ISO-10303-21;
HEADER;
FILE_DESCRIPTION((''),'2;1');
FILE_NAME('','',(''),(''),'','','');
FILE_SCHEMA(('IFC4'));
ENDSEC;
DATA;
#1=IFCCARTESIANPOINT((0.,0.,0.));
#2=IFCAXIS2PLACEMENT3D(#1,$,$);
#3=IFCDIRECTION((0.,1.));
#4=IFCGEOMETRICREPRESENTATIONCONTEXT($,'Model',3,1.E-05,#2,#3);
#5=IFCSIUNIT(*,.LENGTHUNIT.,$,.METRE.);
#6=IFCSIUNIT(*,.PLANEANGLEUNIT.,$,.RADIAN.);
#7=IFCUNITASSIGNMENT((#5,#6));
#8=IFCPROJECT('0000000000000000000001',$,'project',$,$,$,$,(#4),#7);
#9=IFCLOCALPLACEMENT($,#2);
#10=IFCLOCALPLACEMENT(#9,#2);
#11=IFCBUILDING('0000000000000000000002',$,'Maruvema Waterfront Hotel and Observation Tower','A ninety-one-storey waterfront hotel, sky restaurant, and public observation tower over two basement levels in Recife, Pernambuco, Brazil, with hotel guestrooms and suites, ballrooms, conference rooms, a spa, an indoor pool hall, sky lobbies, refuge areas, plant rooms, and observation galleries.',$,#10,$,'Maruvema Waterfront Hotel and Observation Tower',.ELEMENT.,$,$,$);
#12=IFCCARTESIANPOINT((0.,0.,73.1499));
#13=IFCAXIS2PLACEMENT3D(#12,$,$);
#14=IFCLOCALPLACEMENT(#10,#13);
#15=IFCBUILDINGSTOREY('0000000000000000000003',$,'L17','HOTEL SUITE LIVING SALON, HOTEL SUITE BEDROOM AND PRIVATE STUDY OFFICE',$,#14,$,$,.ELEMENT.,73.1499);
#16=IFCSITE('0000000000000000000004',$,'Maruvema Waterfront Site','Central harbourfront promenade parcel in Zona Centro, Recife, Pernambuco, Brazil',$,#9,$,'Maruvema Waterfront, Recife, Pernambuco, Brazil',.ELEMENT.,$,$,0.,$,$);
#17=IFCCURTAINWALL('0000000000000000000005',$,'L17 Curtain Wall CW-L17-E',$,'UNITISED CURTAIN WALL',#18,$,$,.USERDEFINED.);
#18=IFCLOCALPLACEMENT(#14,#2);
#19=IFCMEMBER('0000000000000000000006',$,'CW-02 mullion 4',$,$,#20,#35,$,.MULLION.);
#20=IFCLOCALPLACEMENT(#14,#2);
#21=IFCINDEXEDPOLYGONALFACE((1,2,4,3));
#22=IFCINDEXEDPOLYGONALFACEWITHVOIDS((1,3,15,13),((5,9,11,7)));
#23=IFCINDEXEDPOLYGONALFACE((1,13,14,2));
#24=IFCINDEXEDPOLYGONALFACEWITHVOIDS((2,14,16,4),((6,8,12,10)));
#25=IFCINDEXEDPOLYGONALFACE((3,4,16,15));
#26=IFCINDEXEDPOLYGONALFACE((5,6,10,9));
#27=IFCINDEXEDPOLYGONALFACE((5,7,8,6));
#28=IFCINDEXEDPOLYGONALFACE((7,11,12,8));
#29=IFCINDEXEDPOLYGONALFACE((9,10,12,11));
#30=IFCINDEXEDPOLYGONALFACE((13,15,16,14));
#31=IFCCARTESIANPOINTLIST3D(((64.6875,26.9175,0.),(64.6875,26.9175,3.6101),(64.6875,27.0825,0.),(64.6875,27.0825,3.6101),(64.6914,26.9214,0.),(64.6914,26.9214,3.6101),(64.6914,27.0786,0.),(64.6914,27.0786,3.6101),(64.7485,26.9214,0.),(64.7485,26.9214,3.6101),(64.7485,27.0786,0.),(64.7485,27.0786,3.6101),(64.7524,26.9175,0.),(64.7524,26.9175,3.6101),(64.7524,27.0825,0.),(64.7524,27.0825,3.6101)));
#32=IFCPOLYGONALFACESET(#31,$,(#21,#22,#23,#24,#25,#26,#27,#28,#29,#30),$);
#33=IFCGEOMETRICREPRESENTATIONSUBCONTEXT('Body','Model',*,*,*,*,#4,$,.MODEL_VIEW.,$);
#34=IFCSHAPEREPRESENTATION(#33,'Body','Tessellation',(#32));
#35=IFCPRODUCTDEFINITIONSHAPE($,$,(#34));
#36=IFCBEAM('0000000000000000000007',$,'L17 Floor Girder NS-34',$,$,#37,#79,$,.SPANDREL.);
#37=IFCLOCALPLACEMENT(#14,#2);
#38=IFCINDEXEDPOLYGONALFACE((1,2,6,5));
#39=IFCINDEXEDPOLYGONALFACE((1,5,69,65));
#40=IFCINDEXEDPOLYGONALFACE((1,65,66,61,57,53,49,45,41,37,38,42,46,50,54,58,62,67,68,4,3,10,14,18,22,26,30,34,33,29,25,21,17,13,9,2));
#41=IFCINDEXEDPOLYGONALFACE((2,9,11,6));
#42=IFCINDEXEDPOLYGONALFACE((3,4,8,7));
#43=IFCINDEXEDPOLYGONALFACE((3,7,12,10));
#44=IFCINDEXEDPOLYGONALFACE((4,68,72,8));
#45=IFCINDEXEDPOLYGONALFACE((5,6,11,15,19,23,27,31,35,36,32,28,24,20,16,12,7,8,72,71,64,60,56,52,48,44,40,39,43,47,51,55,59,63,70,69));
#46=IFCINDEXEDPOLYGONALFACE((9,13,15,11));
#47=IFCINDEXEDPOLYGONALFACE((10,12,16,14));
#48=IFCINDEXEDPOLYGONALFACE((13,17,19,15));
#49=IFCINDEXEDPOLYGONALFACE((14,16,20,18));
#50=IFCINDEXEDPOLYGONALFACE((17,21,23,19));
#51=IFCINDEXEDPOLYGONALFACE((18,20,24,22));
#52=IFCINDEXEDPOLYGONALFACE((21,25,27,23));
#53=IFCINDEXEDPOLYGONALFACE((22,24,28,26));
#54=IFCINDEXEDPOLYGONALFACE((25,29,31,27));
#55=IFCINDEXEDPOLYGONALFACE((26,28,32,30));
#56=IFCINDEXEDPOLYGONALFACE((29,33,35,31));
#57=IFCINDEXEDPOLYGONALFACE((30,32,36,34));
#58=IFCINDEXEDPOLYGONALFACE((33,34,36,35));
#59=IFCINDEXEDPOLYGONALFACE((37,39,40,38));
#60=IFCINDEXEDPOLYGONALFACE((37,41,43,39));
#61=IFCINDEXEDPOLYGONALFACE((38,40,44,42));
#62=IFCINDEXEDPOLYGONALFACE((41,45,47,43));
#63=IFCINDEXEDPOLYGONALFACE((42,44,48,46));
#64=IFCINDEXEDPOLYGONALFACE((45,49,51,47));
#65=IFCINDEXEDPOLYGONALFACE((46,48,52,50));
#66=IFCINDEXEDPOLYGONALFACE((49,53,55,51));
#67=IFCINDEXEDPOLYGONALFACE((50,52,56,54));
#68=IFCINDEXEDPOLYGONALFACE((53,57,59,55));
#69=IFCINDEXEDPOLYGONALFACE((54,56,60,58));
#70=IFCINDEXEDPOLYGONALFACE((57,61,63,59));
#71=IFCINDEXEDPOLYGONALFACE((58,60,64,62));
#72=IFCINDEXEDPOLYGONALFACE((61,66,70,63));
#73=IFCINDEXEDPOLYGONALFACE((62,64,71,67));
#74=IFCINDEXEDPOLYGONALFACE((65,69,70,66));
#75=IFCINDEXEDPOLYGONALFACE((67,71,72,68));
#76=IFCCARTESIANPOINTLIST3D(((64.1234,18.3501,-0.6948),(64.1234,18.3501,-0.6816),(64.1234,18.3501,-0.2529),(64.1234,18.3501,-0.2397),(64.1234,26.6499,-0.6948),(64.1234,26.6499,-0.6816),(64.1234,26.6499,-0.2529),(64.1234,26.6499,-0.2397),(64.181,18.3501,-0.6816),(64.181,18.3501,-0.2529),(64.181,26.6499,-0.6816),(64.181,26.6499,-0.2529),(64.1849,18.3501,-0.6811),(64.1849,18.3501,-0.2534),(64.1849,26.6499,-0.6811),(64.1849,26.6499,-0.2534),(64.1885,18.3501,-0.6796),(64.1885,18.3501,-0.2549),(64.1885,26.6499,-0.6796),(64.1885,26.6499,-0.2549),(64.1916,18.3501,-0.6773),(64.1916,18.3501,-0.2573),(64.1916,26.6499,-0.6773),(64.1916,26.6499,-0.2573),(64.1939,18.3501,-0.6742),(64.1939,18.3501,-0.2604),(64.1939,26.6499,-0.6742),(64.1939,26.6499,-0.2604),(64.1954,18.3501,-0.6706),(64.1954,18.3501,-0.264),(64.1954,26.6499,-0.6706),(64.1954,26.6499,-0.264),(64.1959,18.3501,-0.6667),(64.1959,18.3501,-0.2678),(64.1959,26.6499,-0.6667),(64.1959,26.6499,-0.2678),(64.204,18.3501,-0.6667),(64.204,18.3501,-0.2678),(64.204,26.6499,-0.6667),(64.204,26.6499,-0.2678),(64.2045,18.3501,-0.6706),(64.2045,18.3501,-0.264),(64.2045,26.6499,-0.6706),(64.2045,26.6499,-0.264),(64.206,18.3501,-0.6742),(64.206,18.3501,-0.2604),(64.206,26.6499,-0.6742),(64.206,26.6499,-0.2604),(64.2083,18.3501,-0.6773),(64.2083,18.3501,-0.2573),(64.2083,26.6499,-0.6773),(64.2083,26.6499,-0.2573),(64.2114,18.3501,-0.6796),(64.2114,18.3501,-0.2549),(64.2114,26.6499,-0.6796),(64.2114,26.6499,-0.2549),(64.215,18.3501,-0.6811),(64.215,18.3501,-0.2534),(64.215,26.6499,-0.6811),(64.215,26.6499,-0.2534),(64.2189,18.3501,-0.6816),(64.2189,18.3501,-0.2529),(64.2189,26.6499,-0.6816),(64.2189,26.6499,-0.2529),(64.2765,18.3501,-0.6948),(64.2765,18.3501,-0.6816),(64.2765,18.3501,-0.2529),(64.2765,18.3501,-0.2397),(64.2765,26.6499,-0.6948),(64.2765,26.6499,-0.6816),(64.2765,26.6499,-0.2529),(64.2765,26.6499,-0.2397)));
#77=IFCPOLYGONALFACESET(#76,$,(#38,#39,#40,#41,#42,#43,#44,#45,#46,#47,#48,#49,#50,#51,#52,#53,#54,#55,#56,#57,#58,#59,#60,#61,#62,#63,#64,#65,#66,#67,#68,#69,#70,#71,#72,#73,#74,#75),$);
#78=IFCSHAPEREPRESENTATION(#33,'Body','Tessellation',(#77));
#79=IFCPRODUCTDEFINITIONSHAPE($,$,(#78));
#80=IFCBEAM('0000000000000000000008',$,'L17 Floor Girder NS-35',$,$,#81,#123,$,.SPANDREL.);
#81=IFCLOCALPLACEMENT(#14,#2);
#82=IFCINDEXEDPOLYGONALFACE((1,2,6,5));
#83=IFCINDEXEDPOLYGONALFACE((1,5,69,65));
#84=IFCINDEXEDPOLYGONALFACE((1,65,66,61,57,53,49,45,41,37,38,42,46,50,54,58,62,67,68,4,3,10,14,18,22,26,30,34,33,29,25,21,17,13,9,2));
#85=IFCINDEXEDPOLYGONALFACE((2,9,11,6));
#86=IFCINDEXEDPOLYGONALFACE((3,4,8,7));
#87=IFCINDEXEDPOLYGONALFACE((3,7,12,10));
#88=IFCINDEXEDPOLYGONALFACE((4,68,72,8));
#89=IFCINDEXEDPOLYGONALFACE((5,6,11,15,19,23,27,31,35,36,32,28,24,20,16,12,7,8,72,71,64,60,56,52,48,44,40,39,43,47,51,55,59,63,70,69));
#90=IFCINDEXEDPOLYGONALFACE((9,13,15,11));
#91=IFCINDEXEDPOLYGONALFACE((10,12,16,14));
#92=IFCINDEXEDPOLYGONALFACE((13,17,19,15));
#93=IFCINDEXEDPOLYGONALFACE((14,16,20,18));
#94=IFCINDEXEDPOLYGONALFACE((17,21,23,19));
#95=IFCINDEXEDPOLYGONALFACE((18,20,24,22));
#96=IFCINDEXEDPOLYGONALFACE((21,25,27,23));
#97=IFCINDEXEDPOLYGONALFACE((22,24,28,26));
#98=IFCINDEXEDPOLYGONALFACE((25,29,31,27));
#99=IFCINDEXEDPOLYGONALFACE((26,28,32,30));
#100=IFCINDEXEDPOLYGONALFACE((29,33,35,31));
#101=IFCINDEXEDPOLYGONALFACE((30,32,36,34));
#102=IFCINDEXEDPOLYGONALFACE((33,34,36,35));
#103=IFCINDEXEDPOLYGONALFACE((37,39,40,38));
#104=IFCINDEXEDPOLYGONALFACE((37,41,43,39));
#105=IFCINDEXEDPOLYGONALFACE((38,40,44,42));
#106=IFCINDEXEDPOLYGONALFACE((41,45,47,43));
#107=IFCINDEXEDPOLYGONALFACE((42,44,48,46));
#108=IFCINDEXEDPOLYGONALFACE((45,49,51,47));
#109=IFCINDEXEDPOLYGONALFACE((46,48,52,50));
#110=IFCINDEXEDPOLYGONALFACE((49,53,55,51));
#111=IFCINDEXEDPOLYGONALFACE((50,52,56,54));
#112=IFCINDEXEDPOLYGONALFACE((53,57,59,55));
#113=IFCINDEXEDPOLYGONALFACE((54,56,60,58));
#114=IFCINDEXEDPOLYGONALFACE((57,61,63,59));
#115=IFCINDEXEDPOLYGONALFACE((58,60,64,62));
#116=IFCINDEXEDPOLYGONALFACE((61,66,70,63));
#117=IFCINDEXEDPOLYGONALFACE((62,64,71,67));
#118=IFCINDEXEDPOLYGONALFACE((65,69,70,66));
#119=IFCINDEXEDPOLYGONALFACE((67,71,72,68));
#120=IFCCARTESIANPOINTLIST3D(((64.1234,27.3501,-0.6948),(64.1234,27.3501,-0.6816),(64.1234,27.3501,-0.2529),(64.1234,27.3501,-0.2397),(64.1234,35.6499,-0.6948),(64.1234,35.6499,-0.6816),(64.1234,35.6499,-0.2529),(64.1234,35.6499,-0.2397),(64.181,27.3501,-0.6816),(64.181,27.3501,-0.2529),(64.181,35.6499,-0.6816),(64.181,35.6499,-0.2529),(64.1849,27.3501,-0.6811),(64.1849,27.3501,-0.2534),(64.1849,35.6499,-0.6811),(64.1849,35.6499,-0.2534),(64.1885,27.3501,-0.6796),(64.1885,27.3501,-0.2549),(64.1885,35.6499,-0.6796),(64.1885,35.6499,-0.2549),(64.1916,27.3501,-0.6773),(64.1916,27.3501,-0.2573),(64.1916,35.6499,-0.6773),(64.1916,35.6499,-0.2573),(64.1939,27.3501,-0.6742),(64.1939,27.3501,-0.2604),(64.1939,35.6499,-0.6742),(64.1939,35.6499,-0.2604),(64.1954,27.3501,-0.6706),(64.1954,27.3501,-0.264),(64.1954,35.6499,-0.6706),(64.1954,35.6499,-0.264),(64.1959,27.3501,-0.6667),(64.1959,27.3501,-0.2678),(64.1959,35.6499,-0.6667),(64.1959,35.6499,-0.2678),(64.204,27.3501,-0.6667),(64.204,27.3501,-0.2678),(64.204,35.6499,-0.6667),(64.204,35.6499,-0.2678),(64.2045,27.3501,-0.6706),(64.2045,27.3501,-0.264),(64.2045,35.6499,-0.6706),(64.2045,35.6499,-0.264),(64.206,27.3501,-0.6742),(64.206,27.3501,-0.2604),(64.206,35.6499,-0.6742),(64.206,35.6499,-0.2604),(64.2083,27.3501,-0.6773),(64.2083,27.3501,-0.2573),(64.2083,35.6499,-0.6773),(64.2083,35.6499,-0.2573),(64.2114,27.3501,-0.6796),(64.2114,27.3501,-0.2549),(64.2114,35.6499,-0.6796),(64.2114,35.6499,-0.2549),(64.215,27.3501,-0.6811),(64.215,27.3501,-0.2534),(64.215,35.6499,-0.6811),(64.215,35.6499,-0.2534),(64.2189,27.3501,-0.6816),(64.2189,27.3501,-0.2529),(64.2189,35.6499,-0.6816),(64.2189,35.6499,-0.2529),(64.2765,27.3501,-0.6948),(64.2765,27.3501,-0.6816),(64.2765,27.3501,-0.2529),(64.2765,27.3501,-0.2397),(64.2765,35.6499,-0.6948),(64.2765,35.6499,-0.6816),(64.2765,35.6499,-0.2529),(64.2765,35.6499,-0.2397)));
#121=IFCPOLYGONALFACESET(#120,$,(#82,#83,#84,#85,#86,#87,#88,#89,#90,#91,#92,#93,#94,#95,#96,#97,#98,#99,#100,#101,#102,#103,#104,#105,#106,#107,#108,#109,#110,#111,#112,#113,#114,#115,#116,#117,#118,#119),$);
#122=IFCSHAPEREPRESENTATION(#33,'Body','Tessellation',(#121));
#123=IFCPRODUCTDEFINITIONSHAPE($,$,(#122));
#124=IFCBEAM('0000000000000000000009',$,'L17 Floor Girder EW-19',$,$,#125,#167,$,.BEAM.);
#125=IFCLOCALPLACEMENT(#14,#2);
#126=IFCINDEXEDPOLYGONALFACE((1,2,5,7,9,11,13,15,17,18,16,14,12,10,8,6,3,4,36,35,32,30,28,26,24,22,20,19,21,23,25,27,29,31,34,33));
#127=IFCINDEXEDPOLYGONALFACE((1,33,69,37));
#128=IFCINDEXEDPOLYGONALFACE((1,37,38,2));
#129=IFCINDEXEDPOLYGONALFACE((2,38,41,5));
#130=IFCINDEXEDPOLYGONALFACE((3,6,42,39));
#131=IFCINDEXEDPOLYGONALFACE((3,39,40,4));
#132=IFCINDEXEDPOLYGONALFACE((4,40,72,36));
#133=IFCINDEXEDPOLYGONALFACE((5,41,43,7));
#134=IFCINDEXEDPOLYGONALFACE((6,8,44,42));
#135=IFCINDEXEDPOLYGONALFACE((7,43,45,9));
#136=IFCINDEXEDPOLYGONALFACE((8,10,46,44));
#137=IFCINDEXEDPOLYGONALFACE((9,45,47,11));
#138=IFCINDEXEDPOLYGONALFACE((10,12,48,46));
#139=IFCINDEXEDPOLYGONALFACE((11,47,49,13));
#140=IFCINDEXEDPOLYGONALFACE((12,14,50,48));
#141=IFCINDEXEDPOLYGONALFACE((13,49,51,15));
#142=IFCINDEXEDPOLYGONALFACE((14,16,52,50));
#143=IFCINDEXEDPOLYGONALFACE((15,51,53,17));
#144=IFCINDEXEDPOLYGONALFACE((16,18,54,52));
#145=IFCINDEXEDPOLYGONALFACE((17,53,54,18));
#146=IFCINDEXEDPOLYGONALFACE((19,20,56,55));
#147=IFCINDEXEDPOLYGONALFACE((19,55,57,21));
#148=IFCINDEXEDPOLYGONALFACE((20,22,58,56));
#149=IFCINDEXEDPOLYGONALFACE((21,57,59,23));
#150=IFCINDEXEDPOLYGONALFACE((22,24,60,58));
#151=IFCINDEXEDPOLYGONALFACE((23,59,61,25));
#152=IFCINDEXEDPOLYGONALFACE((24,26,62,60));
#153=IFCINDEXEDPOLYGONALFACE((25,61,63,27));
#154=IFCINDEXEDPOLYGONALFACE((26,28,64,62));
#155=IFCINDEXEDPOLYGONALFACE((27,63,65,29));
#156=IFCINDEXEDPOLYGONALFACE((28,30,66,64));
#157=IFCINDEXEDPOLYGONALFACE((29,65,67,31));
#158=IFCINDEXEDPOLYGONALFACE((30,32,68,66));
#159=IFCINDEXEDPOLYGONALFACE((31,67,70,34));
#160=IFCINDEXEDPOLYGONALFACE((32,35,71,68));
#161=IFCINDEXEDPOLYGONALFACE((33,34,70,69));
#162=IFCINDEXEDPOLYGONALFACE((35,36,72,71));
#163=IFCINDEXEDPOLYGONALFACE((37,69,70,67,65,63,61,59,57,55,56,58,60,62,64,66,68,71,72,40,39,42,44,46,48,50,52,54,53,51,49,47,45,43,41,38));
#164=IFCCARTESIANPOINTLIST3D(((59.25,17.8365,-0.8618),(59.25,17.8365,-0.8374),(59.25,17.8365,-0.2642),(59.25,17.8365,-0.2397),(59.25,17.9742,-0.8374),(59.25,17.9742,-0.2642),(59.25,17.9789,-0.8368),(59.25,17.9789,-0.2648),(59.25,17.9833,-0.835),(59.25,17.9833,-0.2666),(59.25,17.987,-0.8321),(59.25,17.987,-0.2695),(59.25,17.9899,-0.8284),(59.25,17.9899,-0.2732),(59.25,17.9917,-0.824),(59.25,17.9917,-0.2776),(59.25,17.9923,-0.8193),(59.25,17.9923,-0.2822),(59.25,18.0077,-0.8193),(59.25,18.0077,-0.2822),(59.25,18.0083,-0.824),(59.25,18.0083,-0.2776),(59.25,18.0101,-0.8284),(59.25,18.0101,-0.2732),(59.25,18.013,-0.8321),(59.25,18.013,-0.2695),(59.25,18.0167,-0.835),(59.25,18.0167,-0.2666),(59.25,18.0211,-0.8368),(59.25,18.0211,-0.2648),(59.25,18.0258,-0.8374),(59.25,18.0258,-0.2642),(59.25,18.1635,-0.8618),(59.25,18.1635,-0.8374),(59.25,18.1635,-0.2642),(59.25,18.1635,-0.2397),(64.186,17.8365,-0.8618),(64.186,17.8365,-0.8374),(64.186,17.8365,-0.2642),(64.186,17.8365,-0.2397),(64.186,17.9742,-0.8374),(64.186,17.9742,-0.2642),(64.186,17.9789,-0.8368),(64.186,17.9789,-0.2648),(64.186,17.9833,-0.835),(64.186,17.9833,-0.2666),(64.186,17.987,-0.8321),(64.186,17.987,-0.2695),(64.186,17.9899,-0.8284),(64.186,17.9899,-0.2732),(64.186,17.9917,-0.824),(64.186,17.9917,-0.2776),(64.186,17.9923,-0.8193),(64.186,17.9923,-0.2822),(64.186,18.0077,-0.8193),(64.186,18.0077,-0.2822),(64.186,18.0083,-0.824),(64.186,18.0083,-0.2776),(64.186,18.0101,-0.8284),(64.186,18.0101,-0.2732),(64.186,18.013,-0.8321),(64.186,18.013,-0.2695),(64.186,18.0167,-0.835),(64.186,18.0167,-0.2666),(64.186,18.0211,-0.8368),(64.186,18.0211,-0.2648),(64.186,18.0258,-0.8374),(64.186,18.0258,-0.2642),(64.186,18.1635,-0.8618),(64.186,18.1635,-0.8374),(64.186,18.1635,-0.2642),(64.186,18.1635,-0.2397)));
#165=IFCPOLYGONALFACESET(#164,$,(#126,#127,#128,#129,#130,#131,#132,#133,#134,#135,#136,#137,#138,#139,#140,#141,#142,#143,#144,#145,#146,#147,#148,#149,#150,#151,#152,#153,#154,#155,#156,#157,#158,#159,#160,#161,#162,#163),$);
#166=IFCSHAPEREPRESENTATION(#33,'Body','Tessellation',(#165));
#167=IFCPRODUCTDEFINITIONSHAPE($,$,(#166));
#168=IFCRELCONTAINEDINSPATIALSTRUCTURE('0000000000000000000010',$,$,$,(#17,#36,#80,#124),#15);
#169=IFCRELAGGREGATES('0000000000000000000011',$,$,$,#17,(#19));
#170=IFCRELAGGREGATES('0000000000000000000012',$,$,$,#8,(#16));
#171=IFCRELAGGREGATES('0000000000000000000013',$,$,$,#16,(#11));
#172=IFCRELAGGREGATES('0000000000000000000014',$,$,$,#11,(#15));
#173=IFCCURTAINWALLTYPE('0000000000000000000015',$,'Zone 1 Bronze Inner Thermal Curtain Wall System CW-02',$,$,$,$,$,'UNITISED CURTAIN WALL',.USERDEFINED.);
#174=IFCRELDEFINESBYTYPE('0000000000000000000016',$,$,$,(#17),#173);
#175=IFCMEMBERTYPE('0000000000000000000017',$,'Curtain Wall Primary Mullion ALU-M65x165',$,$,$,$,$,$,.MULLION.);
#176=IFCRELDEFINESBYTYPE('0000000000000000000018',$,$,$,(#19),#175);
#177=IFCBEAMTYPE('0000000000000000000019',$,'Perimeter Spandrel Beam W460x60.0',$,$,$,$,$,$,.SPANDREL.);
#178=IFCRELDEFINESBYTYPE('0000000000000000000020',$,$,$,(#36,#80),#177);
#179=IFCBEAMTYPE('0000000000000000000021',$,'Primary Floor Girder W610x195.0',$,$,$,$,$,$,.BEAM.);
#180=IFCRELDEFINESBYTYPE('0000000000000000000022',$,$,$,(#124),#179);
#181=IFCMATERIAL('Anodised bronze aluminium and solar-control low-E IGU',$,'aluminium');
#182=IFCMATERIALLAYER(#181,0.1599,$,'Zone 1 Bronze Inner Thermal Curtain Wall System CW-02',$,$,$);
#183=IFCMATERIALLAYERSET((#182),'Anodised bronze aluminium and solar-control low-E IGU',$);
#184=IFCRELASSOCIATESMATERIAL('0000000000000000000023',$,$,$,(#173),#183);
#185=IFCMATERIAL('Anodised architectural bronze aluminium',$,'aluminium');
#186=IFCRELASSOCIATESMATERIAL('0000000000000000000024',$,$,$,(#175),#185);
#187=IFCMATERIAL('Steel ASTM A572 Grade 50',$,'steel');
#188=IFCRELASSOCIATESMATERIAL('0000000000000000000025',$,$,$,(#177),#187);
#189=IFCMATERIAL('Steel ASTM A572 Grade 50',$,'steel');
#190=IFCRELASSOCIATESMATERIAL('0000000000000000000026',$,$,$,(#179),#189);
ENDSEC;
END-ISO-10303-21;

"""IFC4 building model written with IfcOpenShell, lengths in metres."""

from ifc_helpers import new_model, si_unit, direction, frame, origin, origin_2d, place, context, subcontext, project, spatial, hollow_rectangle, i_section, extrude, material, layer, layer_set, material_profile, profile_set, type_object, element, aggregate, save


model = new_model("IFC4")

# Units and contexts
model_context = context("Model", 3, precision=1e-05, world=origin(), true_north=direction((0.0, 1.0)))
body_context = subcontext(model_context, "Body", "Model", "MODEL_VIEW")
ifc_project = project(units=[si_unit("LENGTHUNIT", "METRE"), si_unit("PLANEANGLEUNIT", "RADIAN")], contexts=[model_context])

# Site, building, storey
site_placement = place(None, origin())
site = spatial("IfcSite", under=ifc_project, at=site_placement, Name="Maruvema Waterfront Site", Description="Central harbourfront promenade parcel in Zona Centro, Recife, Pernambuco, Brazil", LongName="Maruvema Waterfront, Recife, Pernambuco, Brazil", CompositionType="ELEMENT", RefElevation=0.0)
building_placement = place(site_placement, origin())
building = spatial("IfcBuilding", under=site, at=building_placement, Name="Maruvema Waterfront Hotel and Observation Tower", Description="A ninety-one-storey waterfront hotel, sky restaurant, and public observation tower over two basement levels in Recife, Pernambuco, Brazil, with hotel guestrooms and suites, ballrooms, conference rooms, a spa, an indoor pool hall, sky lobbies, refuge areas, plant rooms, and observation galleries.", LongName="Maruvema Waterfront Hotel and Observation Tower", CompositionType="ELEMENT")
storey_placement = place(building_placement, frame((0.0, 0.0, 73.1499)))
storey = spatial("IfcBuildingStorey", under=building, at=storey_placement, Name="L17", Description="HOTEL SUITE LIVING SALON, HOTEL SUITE BEDROOM AND PRIVATE STUDY OFFICE", CompositionType="ELEMENT", Elevation=73.1499)

# Curtain wall, member
ifc_material_1 = material(Name="Anodised bronze aluminium and solar-control low-E IGU", Category="aluminium")
ifc_layer_1 = layer(ifc_material_1, 0.1599, Name="Zone 1 Bronze Inner Thermal Curtain Wall System CW-02")
ifc_layer_set_1 = layer_set([ifc_layer_1], Name="Anodised bronze aluminium and solar-control low-E IGU")
curtain_wall_type = type_object("IfcCurtainWallType", Name="Zone 1 Bronze Inner Thermal Curtain Wall System CW-02", ElementType="UNITISED CURTAIN WALL", PredefinedType="USERDEFINED", material=ifc_layer_set_1)
curtain_wall_placement = place(storey_placement, origin())
curtain_wall = element("IfcCurtainWall", 1, at=curtain_wall_placement, inside=storey, type_object=curtain_wall_type, Name="L17 Curtain Wall CW-L17-E", ObjectType="UNITISED CURTAIN WALL", PredefinedType="USERDEFINED")
ifc_material_2 = material(Name="Anodised architectural bronze aluminium", Category="aluminium")
ifc_material_profile_1 = material_profile(ifc_material_2, hollow_rectangle(XDim=0.0649, YDim=0.165, WallThickness=0.0039, at=origin_2d()), Name="ALU-M65x165")
ifc_profile_set_1 = profile_set([ifc_material_profile_1], Name="Anodised architectural bronze aluminium")
member_type_1 = type_object("IfcMemberType", Name="Curtain Wall Primary Mullion ALU-M65x165", PredefinedType="MULLION", material=ifc_profile_set_1)
member_1_placement = place(storey_placement, frame((64.72, 27.0, 0.0), z_axis=(0.0, 0.0, 1.0), x_axis=(-1.0, 0.0, 0.0)))
member_1 = element("IfcMember", 2, at=member_1_placement, type_object=member_type_1, Name="CW-02 mullion 4", PredefinedType="MULLION", context=body_context, shape_type="SweptSolid", body=[
    extrude(hollow_rectangle(XDim=0.0649, YDim=0.165, WallThickness=0.0039, at=origin_2d()), origin(), (0.0, 0.0, 1.0), 3.6101),
])

# Beams
ifc_material_3 = material(Name="Steel ASTM A572 Grade 50", Category="steel")
ifc_material_profile_2 = material_profile(ifc_material_3, i_section(OverallWidth=0.1531, OverallDepth=0.4551, WebThickness=0.0081, FlangeThickness=0.0132, FilletRadius=0.0149, at=origin_2d()), Name="W460x60.0")
ifc_profile_set_2 = profile_set([ifc_material_profile_2], Name="Steel ASTM A572 Grade 50")
beam_type_1 = type_object("IfcBeamType", Name="Perimeter Spandrel Beam W460x60.0", PredefinedType="SPANDREL", material=ifc_profile_set_2)
for number, where, z_axis, x_axis, name in (
    (3, (64.2, 18.3501, -0.4673), (0.0, 1.0, 0.0), (-1.0, 0.0, 0.0), "L17 Floor Girder NS-34"),
    (4, (64.2, 27.3501, -0.4673), (0.0, 1.0, 0.0), (-1.0, 0.0, 0.0), "L17 Floor Girder NS-35"),
):
    element("IfcBeam", number, at=place(storey_placement, frame(where, z_axis=z_axis, x_axis=x_axis)), inside=storey, type_object=beam_type_1, Name=name, PredefinedType="SPANDREL", context=body_context, shape_type="SweptSolid", body=[
        extrude(i_section(OverallWidth=0.1531, OverallDepth=0.4551, WebThickness=0.0081, FlangeThickness=0.0132, FilletRadius=0.0149, at=origin_2d()), origin(), (0.0, 0.0, 1.0), 8.2998),
    ])
ifc_material_4 = material(Name="Steel ASTM A572 Grade 50", Category="steel")
ifc_material_profile_3 = material_profile(ifc_material_4, i_section(OverallWidth=0.3269, OverallDepth=0.6221, WebThickness=0.0154, FlangeThickness=0.0244, FilletRadius=0.0181, at=origin_2d()), Name="W610x195.0")
ifc_profile_set_3 = profile_set([ifc_material_profile_3], Name="Steel ASTM A572 Grade 50")
beam_type_2 = type_object("IfcBeamType", Name="Primary Floor Girder W610x195.0", PredefinedType="BEAM", material=ifc_profile_set_3)
for number, where, z_axis, x_axis, name in (
    (5, (59.25, 18.0, -0.5508), (1.0, 0.0, 0.0), (0.0, 1.0, 0.0), "L17 Floor Girder EW-19"),
):
    element("IfcBeam", number, at=place(storey_placement, frame(where, z_axis=z_axis, x_axis=x_axis)), inside=storey, type_object=beam_type_2, Name=name, PredefinedType="BEAM", context=body_context, shape_type="SweptSolid", body=[
        extrude(i_section(OverallWidth=0.3269, OverallDepth=0.6221, WebThickness=0.0154, FlangeThickness=0.0244, FilletRadius=0.0181, at=origin_2d()), origin(), (0.0, 0.0, 1.0), 4.936),
    ])

aggregate(curtain_wall, [member_1])

save(model, "model.ifc")
